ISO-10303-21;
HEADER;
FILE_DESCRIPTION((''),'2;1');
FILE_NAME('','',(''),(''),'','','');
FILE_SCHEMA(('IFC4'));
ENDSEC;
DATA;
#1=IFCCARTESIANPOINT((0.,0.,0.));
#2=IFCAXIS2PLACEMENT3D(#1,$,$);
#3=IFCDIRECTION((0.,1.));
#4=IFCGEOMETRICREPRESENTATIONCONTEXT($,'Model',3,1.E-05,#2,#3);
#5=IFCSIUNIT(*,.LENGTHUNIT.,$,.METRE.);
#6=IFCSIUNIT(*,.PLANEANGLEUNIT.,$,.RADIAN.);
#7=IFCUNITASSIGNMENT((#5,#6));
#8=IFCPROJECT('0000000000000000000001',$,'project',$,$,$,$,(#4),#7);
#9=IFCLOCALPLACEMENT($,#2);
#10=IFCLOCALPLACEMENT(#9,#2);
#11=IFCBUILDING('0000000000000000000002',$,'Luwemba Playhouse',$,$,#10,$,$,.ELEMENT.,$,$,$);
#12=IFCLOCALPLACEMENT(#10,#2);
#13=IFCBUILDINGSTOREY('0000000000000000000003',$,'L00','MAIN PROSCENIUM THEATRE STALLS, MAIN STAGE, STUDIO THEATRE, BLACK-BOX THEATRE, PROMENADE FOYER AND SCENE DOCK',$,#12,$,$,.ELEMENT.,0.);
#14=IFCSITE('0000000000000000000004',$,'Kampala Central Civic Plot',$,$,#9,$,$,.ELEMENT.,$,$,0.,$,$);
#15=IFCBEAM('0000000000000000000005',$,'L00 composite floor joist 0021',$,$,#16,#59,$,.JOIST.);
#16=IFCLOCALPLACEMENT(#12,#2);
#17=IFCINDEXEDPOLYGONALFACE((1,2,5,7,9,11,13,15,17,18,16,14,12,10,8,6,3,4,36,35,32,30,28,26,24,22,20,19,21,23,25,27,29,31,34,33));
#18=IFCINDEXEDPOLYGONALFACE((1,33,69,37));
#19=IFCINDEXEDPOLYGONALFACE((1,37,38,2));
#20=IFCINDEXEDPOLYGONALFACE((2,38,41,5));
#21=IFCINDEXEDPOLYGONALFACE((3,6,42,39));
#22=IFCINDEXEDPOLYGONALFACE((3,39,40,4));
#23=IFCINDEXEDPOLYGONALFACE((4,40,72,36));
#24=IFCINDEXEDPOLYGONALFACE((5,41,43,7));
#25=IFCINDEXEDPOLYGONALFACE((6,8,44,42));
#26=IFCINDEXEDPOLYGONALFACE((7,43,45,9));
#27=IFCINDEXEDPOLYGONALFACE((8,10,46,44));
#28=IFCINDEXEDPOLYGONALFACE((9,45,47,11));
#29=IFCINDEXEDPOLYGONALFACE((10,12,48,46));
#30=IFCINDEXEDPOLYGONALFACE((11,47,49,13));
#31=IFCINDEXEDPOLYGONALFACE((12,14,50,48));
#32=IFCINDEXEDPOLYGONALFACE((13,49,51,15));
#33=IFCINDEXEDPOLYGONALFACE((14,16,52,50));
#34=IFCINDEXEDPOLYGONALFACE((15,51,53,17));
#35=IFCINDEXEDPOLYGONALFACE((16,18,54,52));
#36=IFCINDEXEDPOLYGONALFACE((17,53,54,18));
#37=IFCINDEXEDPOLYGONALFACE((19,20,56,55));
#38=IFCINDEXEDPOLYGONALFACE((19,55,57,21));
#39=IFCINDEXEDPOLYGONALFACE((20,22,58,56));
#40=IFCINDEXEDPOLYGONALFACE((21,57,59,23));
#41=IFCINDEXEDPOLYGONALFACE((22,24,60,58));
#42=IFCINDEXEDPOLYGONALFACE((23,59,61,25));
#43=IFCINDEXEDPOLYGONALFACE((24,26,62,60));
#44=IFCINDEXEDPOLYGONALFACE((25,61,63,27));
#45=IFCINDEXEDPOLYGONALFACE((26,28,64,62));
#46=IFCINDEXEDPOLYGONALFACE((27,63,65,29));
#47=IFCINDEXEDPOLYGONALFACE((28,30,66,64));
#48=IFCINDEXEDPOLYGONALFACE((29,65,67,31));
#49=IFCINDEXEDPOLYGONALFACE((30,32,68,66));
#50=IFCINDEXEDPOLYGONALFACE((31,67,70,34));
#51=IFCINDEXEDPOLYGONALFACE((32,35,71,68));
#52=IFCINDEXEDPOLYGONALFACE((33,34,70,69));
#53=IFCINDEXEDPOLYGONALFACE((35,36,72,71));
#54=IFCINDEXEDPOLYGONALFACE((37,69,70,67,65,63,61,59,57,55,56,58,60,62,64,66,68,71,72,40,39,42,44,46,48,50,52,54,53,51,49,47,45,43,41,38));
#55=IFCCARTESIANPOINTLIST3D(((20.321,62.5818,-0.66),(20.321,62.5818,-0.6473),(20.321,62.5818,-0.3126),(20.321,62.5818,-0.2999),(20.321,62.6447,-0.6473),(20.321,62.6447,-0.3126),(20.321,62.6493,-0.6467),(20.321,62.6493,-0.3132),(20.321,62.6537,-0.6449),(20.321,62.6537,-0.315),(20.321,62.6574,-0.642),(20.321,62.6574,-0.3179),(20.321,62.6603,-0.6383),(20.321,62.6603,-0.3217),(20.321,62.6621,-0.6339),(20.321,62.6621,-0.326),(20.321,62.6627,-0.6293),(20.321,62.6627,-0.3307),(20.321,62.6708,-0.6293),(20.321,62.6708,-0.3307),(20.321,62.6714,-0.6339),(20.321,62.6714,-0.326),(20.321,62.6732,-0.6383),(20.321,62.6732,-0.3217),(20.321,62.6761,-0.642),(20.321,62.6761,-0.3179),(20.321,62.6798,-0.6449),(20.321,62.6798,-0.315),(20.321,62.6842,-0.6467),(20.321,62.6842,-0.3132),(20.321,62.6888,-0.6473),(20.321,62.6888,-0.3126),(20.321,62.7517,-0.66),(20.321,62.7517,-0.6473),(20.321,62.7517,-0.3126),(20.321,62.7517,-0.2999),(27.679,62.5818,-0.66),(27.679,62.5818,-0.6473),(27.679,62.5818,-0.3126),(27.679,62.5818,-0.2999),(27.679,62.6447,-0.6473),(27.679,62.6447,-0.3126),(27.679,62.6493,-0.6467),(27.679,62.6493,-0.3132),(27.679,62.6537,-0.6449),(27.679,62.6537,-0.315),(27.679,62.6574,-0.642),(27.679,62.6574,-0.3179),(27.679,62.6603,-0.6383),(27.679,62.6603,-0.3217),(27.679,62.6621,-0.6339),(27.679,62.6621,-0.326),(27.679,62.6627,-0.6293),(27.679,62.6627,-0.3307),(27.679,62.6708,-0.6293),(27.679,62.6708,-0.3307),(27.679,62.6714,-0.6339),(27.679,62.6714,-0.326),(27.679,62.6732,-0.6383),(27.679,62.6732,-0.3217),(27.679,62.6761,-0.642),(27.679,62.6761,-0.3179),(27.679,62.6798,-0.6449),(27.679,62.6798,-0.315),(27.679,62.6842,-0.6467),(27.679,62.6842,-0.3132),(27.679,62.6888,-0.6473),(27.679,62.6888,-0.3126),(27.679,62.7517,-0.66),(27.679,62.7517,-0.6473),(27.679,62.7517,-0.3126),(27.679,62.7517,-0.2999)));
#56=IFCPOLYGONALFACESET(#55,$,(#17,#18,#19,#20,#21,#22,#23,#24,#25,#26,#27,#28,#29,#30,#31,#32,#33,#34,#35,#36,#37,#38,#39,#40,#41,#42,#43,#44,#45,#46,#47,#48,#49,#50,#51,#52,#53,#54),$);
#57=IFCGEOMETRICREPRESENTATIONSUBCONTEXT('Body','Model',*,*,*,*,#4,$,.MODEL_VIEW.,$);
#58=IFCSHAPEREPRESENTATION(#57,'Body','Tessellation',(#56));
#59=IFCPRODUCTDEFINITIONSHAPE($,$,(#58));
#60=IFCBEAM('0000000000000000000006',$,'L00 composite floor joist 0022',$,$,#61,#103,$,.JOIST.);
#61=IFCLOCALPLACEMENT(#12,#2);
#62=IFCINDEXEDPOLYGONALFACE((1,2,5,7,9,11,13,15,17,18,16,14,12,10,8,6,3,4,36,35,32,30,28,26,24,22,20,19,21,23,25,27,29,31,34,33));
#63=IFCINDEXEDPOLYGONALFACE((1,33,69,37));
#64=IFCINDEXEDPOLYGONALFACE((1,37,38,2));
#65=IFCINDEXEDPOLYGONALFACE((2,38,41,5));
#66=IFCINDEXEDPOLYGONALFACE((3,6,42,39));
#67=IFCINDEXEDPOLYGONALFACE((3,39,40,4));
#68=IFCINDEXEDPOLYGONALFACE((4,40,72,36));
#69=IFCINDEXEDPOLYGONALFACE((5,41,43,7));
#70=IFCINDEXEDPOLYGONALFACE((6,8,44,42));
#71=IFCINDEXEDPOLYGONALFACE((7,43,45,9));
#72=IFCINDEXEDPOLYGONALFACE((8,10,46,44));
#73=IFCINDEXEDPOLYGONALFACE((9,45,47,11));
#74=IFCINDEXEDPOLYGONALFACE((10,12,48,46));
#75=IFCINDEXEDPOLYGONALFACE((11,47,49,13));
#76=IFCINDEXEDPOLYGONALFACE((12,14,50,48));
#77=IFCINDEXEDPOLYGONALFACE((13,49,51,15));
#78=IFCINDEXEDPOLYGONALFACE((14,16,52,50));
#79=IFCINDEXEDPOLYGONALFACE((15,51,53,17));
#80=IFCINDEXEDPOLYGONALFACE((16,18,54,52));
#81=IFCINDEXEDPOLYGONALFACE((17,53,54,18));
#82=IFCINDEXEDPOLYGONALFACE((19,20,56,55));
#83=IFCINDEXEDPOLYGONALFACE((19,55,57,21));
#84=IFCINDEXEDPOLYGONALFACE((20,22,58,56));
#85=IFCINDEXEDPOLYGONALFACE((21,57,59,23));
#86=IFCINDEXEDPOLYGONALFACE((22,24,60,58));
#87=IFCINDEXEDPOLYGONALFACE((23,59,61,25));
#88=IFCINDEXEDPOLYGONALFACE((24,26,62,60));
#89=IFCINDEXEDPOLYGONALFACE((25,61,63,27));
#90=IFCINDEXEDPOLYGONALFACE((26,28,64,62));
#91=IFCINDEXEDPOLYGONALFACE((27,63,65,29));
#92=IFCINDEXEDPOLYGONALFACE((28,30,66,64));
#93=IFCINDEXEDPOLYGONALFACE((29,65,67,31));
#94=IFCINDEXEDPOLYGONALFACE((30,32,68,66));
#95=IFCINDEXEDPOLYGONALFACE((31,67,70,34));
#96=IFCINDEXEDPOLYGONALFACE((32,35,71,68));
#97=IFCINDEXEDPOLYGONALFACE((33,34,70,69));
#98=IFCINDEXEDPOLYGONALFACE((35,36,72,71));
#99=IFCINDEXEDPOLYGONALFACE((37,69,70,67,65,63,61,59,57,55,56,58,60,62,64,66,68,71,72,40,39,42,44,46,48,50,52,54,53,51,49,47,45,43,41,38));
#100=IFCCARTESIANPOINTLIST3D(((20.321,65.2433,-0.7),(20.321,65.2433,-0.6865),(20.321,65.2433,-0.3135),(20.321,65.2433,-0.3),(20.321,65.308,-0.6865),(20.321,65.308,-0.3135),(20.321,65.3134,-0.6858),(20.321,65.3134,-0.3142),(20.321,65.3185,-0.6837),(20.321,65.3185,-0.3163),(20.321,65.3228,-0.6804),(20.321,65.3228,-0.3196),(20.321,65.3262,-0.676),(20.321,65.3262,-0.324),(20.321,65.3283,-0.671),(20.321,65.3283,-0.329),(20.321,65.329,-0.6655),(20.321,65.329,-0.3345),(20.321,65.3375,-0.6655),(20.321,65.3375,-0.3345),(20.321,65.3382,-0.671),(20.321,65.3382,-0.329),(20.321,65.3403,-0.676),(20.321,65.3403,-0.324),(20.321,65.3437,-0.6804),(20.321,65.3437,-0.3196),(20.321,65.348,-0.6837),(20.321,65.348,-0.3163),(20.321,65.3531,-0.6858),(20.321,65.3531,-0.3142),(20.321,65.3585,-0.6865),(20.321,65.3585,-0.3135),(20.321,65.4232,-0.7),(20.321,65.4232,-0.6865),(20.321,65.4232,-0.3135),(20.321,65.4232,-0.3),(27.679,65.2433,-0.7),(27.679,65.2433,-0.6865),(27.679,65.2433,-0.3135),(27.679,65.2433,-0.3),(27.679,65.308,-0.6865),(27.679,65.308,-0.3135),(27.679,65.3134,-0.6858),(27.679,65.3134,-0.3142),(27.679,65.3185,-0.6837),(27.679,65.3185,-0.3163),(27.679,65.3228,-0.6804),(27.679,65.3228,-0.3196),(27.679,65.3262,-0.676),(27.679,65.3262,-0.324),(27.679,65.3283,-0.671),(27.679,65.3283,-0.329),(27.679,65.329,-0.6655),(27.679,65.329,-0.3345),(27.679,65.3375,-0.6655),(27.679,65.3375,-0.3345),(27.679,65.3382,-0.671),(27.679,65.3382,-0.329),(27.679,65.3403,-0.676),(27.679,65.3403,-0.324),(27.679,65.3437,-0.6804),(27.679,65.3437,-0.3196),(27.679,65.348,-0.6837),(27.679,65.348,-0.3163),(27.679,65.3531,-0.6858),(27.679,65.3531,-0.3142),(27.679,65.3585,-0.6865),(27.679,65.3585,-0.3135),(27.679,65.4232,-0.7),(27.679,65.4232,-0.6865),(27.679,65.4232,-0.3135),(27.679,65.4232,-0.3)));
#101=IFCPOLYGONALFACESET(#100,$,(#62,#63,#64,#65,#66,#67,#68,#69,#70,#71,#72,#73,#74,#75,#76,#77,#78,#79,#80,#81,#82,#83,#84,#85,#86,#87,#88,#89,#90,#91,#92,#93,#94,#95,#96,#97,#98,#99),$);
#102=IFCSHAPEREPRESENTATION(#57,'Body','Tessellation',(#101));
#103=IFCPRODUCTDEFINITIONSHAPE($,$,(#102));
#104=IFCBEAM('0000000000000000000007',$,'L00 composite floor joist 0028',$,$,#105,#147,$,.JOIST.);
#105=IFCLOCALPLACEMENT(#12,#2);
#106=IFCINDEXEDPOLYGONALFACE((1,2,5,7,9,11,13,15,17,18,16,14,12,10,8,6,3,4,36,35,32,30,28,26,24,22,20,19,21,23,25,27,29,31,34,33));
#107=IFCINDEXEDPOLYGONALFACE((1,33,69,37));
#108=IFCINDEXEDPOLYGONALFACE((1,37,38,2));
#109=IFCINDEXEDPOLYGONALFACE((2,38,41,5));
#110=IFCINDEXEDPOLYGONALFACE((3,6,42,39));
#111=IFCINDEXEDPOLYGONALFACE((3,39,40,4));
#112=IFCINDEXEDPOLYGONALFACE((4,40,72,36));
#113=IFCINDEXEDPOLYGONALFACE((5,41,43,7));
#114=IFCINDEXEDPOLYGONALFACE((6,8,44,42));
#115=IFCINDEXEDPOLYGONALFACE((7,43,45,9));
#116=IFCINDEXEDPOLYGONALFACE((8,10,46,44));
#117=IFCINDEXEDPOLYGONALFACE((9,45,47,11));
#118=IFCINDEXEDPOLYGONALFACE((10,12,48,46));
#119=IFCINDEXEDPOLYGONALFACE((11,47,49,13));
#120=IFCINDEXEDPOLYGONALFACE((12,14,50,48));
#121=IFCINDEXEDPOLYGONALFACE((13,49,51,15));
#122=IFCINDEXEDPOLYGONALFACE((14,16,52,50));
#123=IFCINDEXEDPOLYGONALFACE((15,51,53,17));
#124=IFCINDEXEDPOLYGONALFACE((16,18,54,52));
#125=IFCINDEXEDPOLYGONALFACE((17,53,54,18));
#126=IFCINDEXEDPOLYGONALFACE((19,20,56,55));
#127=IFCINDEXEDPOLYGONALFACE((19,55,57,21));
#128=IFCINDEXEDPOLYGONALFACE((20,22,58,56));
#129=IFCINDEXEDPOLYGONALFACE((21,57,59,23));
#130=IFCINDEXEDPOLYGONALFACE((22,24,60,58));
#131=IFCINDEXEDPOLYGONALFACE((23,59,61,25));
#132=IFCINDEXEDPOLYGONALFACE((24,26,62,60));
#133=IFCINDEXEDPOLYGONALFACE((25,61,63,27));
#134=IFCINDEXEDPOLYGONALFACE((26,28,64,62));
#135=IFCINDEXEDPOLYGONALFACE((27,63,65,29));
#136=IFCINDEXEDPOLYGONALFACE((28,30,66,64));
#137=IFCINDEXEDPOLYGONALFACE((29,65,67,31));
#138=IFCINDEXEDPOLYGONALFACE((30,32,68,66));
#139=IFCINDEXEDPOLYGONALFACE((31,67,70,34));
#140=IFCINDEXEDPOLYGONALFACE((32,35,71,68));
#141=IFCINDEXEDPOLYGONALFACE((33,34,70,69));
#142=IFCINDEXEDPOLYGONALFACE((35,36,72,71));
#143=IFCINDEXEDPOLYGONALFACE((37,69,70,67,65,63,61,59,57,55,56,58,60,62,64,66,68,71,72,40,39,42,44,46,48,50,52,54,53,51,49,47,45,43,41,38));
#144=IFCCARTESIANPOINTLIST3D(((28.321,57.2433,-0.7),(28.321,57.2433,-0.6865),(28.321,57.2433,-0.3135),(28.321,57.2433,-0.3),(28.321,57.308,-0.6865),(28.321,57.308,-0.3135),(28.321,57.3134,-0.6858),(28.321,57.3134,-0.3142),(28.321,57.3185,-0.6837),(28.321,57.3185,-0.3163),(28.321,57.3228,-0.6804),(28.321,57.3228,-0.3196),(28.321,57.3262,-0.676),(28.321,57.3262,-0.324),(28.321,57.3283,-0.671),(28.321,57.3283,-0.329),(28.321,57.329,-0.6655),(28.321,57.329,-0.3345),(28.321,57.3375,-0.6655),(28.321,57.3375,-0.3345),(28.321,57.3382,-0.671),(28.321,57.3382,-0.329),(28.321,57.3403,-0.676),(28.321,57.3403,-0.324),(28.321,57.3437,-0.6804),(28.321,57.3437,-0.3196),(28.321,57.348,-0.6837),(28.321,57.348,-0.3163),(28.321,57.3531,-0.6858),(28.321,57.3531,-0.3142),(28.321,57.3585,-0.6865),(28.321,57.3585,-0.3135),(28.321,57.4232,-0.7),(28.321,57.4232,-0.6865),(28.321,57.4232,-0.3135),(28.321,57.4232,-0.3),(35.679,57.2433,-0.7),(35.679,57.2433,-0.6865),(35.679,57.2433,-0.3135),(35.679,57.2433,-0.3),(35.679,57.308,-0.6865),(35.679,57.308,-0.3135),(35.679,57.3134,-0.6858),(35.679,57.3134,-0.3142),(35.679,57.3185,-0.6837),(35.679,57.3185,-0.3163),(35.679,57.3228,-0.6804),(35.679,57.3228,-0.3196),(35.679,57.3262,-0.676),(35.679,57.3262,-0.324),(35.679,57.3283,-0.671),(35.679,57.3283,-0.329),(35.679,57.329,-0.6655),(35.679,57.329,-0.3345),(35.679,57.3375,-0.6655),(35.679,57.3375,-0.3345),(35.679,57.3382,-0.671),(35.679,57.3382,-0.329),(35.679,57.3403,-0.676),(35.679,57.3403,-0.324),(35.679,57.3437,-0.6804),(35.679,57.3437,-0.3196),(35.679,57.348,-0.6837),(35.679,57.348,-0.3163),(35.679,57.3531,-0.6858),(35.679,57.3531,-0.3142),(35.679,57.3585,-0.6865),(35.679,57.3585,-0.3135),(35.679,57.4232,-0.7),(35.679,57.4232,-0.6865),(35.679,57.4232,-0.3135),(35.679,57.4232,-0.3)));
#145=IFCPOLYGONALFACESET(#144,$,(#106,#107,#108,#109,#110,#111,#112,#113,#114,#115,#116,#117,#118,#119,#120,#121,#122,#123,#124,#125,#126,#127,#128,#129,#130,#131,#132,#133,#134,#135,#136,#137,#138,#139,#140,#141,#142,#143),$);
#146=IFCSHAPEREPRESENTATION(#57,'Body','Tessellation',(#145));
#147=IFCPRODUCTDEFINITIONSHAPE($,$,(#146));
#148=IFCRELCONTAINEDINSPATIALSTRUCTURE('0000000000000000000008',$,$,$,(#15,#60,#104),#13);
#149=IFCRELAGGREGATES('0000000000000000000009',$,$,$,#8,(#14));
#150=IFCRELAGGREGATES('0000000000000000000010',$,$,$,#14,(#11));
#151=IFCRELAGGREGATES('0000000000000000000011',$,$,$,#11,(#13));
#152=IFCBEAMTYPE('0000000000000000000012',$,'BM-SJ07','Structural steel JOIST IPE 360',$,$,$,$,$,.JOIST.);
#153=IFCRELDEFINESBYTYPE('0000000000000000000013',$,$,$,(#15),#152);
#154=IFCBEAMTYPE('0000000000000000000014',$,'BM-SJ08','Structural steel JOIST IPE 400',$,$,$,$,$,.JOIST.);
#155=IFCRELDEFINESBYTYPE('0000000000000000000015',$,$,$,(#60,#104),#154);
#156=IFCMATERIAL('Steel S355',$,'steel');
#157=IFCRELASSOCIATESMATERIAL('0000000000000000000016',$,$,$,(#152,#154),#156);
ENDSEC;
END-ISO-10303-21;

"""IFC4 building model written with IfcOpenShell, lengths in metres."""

from ifc_helpers import new_model, si_unit, direction, frame, origin, origin_2d, place, context, subcontext, project, spatial, i_section, extrude, material, material_profile, profile_set, type_object, element, save


model = new_model("IFC4")

# Units and contexts
model_context = context("Model", 3, precision=1e-05, world=origin(), true_north=direction((0.0, 1.0)))
body_context = subcontext(model_context, "Body", "Model", "MODEL_VIEW")
ifc_project = project(units=[si_unit("LENGTHUNIT", "METRE"), si_unit("PLANEANGLEUNIT", "RADIAN")], contexts=[model_context])

# Site, building, storey
site_placement = place(None, origin())
site = spatial("IfcSite", under=ifc_project, at=site_placement, Name="Kampala Central Civic Plot", CompositionType="ELEMENT", RefElevation=0.0)
building_placement = place(site_placement, origin())
building = spatial("IfcBuilding", under=site, at=building_placement, Name="Luwemba Playhouse", CompositionType="ELEMENT")
storey_placement = place(building_placement, origin())
storey = spatial("IfcBuildingStorey", under=building, at=storey_placement, Name="L00", Description="MAIN PROSCENIUM THEATRE STALLS, MAIN STAGE, STUDIO THEATRE, BLACK-BOX THEATRE, PROMENADE FOYER AND SCENE DOCK", CompositionType="ELEMENT", Elevation=0.0)

# Beams
ifc_material_1 = material(Name="Steel S355", Category="steel")
ifc_material_profile_1 = material_profile(ifc_material_1, i_section(OverallWidth=0.1699, OverallDepth=0.3601, WebThickness=0.0081, FlangeThickness=0.0127, FilletRadius=0.0181, at=origin_2d()))
ifc_profile_set_1 = profile_set([ifc_material_profile_1], Name="Steel S355")
beam_type_1 = type_object("IfcBeamType", Name="BM-SJ07", Description="Structural steel JOIST IPE 360", PredefinedType="JOIST", material=ifc_profile_set_1)
beam_1_placement = place(storey_placement, frame((20.321, 62.6667, -0.48), z_axis=(1.0, 0.0, 0.0), x_axis=(0.0, 1.0, 0.0)))
element("IfcBeam", 1, at=beam_1_placement, inside=storey, type_object=beam_type_1, Name="L00 composite floor joist 0021", PredefinedType="JOIST", context=body_context, shape_type="SweptSolid", body=[
    extrude(i_section(OverallWidth=0.1699, OverallDepth=0.3601, WebThickness=0.0081, FlangeThickness=0.0127, FilletRadius=0.0181, at=origin_2d()), origin(), (0.0, 0.0, 1.0), 7.3579),
])
ifc_material_profile_2 = material_profile(ifc_material_1, i_section(OverallWidth=0.1799, OverallDepth=0.3999, WebThickness=0.0085, FlangeThickness=0.0134, FilletRadius=0.021, at=origin_2d()))
ifc_profile_set_2 = profile_set([ifc_material_profile_2], Name="Steel S355")
beam_type_2 = type_object("IfcBeamType", Name="BM-SJ08", Description="Structural steel JOIST IPE 400", PredefinedType="JOIST", material=ifc_profile_set_2)
for number, where, z_axis, x_axis, name in (
    (2, (20.321, 65.3333, -0.5), (1.0, 0.0, 0.0), (0.0, 1.0, 0.0), "L00 composite floor joist 0022"),
    (3, (28.321, 57.3333, -0.5), (1.0, 0.0, 0.0), (0.0, 1.0, 0.0), "L00 composite floor joist 0028"),
):
    element("IfcBeam", number, at=place(storey_placement, frame(where, z_axis=z_axis, x_axis=x_axis)), inside=storey, type_object=beam_type_2, Name=name, PredefinedType="JOIST", context=body_context, shape_type="SweptSolid", body=[
        extrude(i_section(OverallWidth=0.1799, OverallDepth=0.3999, WebThickness=0.0085, FlangeThickness=0.0134, FilletRadius=0.021, at=origin_2d()), origin(), (0.0, 0.0, 1.0), 7.3579),
    ])

save(model, "model.ifc")
